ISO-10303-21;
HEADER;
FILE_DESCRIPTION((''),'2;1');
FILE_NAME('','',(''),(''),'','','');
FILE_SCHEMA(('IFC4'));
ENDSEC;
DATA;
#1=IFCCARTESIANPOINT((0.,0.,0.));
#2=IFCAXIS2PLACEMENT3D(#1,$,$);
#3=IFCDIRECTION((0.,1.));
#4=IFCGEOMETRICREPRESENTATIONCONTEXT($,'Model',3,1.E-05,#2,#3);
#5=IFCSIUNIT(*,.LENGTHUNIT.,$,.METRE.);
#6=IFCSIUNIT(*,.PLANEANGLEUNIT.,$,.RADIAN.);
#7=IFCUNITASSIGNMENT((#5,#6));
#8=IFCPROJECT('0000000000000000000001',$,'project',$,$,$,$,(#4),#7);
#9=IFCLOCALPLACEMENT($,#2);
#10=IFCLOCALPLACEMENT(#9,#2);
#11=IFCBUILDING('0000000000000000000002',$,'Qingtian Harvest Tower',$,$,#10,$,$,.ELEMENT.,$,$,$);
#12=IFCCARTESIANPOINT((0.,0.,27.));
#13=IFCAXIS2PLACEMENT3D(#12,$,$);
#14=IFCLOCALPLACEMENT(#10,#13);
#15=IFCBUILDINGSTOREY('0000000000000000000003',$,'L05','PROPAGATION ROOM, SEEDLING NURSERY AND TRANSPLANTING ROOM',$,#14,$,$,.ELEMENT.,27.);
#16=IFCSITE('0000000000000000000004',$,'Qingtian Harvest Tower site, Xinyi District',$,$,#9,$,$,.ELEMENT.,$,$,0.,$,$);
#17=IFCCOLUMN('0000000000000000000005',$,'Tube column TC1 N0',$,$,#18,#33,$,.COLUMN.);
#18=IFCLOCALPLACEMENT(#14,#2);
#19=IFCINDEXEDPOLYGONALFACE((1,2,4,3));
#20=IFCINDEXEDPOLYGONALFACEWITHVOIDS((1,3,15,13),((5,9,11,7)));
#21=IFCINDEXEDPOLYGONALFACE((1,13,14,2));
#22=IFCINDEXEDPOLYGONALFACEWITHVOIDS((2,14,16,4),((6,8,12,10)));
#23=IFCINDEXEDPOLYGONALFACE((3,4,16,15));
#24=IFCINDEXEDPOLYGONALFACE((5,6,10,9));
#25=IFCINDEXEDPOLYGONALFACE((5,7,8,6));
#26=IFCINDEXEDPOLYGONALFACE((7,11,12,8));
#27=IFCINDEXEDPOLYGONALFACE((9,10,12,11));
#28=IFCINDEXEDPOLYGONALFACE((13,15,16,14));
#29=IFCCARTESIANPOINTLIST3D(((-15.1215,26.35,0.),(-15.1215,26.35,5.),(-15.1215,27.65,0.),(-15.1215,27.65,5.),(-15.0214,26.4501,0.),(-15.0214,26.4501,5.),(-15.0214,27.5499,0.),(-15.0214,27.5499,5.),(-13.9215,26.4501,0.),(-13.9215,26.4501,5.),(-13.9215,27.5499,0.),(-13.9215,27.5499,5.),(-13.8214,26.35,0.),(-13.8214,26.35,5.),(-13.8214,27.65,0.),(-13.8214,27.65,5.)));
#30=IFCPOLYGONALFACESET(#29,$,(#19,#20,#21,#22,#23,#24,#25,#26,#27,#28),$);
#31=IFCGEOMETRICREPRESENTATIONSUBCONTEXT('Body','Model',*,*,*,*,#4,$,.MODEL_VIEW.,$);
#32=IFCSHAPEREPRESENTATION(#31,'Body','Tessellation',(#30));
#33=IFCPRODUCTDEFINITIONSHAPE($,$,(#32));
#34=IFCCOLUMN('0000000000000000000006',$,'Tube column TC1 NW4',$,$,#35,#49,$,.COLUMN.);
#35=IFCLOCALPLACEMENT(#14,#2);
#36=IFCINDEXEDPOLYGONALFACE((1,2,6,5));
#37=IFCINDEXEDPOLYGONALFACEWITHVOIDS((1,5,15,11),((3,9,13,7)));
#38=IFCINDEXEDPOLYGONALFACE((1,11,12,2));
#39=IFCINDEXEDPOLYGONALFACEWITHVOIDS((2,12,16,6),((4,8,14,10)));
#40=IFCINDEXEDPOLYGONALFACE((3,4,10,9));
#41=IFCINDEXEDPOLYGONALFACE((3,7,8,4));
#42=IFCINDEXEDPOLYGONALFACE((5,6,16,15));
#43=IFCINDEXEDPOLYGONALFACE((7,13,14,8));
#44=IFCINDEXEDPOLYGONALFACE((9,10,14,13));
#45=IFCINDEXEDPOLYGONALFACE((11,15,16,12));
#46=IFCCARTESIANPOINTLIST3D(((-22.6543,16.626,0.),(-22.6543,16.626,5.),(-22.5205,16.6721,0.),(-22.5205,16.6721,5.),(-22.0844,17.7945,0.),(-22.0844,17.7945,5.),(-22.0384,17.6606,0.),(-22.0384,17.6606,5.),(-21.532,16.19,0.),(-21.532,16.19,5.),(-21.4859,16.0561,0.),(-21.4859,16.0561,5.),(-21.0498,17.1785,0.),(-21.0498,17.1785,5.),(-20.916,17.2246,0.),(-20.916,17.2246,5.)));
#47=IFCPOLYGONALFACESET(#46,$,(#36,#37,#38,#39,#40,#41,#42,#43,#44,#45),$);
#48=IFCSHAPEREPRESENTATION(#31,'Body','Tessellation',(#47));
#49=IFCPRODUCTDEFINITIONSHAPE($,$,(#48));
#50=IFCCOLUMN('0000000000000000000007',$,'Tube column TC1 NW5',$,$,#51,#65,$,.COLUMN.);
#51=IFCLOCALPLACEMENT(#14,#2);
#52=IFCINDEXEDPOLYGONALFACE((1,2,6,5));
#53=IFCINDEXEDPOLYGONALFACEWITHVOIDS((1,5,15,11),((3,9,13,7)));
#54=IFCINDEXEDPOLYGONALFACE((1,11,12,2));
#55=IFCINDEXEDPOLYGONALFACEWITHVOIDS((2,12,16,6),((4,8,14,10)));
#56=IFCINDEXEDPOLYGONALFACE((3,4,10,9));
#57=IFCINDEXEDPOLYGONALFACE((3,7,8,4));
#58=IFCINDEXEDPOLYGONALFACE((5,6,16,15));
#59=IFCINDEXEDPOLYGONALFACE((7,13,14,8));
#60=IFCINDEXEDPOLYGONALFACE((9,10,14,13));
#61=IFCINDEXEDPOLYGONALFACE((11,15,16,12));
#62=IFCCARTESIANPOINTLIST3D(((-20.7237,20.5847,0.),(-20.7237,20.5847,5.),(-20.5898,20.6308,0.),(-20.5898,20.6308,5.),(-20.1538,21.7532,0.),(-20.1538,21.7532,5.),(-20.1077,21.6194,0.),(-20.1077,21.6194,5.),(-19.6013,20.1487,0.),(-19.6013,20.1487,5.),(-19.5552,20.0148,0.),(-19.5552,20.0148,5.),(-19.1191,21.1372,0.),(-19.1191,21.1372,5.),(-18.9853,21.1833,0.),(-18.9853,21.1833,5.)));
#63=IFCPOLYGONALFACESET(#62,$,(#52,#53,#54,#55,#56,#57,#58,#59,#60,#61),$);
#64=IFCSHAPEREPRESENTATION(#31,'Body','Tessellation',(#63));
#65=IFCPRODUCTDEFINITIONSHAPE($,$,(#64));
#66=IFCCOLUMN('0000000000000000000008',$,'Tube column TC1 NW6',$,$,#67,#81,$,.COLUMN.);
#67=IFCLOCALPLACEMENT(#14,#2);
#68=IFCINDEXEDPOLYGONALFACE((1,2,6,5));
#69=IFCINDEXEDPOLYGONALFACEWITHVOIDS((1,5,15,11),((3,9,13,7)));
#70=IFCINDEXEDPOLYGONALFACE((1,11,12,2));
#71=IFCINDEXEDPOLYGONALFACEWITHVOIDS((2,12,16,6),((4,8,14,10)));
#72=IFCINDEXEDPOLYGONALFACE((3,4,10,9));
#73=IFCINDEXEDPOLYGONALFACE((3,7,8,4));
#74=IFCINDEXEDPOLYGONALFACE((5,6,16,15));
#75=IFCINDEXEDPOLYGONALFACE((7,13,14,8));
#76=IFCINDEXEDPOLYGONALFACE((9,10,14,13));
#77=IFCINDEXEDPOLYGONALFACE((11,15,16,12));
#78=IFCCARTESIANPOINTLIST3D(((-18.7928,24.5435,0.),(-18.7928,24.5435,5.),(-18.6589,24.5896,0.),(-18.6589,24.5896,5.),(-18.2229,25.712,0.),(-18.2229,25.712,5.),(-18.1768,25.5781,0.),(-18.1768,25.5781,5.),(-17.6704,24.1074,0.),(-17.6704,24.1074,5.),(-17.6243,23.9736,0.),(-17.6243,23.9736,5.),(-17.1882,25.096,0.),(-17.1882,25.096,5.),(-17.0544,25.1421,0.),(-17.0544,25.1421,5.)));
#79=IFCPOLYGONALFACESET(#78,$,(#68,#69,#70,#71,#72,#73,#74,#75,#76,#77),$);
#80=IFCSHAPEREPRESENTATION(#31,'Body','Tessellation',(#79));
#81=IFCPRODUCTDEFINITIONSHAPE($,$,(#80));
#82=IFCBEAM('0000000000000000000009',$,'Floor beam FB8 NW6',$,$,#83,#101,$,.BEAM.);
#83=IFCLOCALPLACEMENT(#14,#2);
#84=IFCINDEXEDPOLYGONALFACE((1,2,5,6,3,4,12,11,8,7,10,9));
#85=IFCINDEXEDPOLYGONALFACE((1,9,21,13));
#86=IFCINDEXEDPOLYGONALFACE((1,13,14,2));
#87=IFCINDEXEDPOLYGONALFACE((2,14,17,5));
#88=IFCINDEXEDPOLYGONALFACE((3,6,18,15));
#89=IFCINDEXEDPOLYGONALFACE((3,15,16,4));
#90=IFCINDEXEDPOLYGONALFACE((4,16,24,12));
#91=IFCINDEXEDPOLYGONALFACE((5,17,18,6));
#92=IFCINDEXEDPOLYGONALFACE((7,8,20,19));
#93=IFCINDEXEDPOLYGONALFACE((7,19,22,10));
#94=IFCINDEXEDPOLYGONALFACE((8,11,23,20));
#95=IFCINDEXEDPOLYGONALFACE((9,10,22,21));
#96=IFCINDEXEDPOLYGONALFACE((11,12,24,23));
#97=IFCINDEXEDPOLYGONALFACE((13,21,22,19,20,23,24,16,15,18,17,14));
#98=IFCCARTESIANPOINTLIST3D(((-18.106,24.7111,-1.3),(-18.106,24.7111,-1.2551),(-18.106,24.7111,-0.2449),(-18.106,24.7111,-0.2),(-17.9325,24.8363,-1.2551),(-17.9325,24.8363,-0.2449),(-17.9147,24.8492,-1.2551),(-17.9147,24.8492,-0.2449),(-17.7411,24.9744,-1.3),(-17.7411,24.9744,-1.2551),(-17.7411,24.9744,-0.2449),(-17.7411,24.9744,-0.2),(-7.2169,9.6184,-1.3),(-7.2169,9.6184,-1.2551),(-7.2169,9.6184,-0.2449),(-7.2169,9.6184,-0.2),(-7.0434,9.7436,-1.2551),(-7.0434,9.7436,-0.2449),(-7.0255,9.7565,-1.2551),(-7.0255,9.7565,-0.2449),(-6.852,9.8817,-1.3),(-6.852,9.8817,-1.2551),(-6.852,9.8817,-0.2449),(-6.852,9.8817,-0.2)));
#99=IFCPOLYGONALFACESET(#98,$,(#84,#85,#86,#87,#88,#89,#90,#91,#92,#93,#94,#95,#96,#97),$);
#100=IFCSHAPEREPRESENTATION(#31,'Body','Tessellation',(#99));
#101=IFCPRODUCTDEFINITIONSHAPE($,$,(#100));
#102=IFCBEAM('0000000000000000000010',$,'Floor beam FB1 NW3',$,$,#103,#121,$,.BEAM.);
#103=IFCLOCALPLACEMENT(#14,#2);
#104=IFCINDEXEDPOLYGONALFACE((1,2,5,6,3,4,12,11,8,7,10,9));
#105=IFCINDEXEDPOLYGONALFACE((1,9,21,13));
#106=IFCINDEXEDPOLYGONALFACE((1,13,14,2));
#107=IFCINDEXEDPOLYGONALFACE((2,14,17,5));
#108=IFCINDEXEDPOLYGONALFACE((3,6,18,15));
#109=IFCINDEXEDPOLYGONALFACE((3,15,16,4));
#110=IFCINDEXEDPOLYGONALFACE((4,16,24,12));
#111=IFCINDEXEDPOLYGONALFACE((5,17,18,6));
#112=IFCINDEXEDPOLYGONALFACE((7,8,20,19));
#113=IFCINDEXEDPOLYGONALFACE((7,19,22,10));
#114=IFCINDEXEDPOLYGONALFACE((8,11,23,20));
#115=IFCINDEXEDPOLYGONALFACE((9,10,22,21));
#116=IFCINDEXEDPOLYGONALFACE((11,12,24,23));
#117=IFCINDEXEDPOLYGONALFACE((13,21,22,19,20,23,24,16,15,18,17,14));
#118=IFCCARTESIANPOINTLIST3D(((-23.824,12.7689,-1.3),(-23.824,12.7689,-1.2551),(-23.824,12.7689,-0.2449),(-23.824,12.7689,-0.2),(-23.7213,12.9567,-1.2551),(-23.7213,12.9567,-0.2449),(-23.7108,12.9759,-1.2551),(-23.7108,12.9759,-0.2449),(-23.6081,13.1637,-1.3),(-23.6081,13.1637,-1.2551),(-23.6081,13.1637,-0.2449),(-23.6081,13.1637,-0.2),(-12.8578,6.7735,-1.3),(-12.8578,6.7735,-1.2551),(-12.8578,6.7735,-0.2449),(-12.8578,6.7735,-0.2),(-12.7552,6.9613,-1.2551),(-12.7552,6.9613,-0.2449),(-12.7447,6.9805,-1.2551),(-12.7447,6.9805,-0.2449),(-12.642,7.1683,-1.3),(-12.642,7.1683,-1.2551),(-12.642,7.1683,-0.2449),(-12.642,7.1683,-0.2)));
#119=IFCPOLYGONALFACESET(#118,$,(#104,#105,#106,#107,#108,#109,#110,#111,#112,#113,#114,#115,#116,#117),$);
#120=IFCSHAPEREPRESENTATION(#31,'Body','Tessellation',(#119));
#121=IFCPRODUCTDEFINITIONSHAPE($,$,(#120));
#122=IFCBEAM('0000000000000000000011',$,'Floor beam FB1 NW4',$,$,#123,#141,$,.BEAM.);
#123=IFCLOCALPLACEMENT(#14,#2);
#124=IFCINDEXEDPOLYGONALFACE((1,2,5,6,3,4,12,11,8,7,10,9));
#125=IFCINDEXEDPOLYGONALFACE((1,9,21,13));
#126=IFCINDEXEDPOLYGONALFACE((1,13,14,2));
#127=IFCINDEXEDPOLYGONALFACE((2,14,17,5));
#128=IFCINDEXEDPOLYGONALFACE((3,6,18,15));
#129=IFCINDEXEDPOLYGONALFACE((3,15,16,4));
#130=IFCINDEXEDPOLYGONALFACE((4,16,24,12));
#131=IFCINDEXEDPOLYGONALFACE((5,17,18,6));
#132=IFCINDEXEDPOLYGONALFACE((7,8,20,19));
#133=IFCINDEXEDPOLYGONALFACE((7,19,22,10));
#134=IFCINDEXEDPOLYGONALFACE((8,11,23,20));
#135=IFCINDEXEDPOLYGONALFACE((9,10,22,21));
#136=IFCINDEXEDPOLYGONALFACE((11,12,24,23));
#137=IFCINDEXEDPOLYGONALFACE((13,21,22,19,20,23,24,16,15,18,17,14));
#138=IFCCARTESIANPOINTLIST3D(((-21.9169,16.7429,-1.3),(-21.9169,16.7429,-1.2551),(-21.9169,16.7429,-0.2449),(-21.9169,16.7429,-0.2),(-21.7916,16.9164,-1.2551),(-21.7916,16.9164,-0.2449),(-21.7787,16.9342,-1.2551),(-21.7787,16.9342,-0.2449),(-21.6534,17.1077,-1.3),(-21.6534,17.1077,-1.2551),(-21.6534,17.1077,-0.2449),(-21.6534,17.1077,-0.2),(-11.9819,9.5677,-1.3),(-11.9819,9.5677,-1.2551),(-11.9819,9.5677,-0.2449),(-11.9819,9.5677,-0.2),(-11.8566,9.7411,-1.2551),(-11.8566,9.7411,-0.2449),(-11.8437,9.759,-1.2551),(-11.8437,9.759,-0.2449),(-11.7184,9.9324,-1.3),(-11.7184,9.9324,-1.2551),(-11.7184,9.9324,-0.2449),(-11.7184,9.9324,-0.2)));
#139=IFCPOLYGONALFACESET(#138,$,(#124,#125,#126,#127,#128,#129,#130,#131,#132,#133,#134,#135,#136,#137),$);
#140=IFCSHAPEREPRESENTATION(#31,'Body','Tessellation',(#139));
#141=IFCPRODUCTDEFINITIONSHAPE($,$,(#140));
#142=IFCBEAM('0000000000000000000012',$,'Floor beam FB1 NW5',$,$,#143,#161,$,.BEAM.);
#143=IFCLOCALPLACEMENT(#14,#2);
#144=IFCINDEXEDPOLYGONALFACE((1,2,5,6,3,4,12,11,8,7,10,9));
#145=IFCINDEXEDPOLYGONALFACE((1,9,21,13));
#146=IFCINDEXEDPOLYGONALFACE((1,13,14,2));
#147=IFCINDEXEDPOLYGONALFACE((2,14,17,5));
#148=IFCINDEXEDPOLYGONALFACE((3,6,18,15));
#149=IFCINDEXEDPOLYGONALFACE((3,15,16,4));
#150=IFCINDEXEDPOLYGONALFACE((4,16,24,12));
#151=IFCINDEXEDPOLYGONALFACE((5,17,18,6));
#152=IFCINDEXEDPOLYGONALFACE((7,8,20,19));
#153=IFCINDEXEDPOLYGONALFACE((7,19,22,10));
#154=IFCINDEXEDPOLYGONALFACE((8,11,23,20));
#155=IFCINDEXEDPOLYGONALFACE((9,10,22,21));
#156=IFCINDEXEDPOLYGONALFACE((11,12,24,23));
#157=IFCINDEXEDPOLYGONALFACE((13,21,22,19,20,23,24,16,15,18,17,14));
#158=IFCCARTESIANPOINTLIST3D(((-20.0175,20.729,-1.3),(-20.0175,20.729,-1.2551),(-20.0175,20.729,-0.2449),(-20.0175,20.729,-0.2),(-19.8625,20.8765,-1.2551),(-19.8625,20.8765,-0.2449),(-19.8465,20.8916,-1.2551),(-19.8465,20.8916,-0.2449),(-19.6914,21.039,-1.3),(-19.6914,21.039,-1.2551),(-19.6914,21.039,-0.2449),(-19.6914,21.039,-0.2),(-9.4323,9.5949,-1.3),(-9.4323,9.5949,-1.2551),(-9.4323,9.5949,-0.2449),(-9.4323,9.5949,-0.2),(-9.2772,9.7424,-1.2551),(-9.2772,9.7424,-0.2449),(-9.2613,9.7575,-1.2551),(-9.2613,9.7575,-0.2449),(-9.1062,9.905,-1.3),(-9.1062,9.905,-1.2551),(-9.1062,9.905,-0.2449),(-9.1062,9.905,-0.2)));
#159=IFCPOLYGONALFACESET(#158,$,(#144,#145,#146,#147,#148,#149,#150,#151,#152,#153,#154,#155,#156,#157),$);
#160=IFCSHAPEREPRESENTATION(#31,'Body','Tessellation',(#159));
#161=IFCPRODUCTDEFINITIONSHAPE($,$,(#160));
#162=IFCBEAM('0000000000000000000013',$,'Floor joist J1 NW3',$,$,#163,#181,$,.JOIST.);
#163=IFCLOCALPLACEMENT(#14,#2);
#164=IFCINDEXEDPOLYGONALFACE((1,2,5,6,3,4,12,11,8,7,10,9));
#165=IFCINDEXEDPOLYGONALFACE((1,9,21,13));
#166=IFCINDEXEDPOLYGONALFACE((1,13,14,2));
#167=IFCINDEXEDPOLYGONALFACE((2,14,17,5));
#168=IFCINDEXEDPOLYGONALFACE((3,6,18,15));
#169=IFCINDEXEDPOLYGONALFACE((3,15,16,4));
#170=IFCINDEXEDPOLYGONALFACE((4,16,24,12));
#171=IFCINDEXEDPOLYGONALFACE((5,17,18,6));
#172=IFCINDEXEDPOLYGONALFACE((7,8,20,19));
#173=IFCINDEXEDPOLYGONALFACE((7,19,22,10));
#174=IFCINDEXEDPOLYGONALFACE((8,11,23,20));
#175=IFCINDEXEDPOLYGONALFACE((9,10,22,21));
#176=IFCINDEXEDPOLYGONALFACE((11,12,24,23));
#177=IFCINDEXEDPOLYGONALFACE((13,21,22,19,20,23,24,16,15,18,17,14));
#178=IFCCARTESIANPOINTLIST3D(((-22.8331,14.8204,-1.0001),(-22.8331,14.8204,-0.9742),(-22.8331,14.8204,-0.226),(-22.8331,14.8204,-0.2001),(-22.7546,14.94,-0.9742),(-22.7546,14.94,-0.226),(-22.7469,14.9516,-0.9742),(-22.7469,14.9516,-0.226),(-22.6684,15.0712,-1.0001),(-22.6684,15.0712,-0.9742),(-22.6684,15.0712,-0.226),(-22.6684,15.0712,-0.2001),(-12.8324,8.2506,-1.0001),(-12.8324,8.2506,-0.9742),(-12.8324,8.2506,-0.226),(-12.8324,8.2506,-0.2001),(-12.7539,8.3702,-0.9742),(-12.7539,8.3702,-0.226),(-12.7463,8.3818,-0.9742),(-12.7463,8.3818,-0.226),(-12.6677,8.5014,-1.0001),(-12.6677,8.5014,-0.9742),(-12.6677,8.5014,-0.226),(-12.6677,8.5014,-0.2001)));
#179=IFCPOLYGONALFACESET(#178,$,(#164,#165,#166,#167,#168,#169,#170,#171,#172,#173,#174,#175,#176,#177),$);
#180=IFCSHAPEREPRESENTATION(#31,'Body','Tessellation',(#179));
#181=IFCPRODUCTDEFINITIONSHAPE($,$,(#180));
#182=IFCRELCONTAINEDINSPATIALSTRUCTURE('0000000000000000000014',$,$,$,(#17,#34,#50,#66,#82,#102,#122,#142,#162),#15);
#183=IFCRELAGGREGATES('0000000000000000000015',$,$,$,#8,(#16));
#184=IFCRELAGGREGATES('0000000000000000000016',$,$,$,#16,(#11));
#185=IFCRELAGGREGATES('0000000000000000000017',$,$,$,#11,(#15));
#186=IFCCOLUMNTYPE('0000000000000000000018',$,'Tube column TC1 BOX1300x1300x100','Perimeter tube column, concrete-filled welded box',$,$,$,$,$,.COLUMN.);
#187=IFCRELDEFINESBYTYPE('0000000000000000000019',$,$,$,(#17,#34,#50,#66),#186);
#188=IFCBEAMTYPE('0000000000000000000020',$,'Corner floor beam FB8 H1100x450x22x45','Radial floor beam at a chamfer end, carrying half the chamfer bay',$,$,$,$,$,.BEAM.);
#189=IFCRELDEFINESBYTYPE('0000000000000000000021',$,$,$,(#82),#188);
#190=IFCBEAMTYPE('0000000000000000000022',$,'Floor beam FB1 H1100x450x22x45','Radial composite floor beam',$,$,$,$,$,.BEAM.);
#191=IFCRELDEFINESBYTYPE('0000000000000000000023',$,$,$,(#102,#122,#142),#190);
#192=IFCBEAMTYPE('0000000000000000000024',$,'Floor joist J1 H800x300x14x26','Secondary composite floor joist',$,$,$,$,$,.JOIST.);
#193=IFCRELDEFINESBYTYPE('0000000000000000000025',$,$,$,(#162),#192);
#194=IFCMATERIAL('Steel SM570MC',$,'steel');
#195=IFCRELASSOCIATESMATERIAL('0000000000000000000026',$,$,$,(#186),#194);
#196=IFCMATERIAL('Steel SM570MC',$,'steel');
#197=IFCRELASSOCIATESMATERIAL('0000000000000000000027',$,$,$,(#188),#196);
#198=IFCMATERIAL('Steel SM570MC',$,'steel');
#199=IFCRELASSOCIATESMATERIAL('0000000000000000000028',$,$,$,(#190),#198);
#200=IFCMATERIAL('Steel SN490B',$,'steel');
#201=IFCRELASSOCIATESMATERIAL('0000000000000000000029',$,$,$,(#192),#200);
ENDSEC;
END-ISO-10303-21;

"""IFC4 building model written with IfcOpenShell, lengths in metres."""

from ifc_helpers import new_model, si_unit, direction, frame, origin, origin_2d, place, context, subcontext, project, spatial, hollow_rectangle, i_section, extrude, material, material_profile, profile_set, type_object, element, save


model = new_model("IFC4")

# Units and contexts
model_context = context("Model", 3, precision=1e-05, world=origin(), true_north=direction((0.0, 1.0)))
body_context = subcontext(model_context, "Body", "Model", "MODEL_VIEW")
ifc_project = project(units=[si_unit("LENGTHUNIT", "METRE"), si_unit("PLANEANGLEUNIT", "RADIAN")], contexts=[model_context])

# Site, building, storey
site_placement = place(None, origin())
site = spatial("IfcSite", under=ifc_project, at=site_placement, Name="Qingtian Harvest Tower site, Xinyi District", CompositionType="ELEMENT", RefElevation=0.0)
building_placement = place(site_placement, origin())
building = spatial("IfcBuilding", under=site, at=building_placement, Name="Qingtian Harvest Tower", CompositionType="ELEMENT")
storey_placement = place(building_placement, frame((0.0, 0.0, 27.0)))
storey = spatial("IfcBuildingStorey", under=building, at=storey_placement, Name="L05", Description="PROPAGATION ROOM, SEEDLING NURSERY AND TRANSPLANTING ROOM", CompositionType="ELEMENT", Elevation=27.0)

# Columns
ifc_material_1 = material(Name="Steel SM570MC", Category="steel")
ifc_material_profile_1 = material_profile(ifc_material_1, hollow_rectangle(XDim=1.3, YDim=1.3, WallThickness=0.1001, at=origin_2d()), Name="BOX1300x1300x100")
ifc_profile_set_1 = profile_set([ifc_material_profile_1], Name="Steel SM570MC")
column_type = type_object("IfcColumnType", Name="Tube column TC1 BOX1300x1300x100", Description="Perimeter tube column, concrete-filled welded box", PredefinedType="COLUMN", material=ifc_profile_set_1)
for number, where, z_axis, x_axis, name in (
    (1, (-14.4714, 27.0, 0.0), (0.0, 0.0, 1.0), (-1.0, 0.0, 0.0), "Tube column TC1 N0"),
    (2, (-21.7852, 16.9253, 0.0), (0.0, 0.0, 1.0), (-0.438371, -0.898794, 0.0), "Tube column TC1 NW4"),
    (3, (-19.8545, 20.884, 0.0), (0.0, 0.0, 1.0), (-0.438371, -0.898794, 0.0), "Tube column TC1 NW5"),
    (4, (-17.9236, 24.8428, 0.0), (0.0, 0.0, 1.0), (-0.438371, -0.898794, 0.0), "Tube column TC1 NW6"),
):
    element("IfcColumn", number, at=place(storey_placement, frame(where, z_axis=z_axis, x_axis=x_axis)), inside=storey, type_object=column_type, Name=name, PredefinedType="COLUMN", context=body_context, shape_type="SweptSolid", body=[
        extrude(hollow_rectangle(XDim=1.3, YDim=1.3, WallThickness=0.1001, at=origin_2d()), origin(), (0.0, 0.0, 1.0), 5.0),
    ])

# Beams
ifc_material_2 = material(Name="Steel SM570MC", Category="steel")
ifc_material_profile_2 = material_profile(ifc_material_2, i_section(OverallWidth=0.45, OverallDepth=1.1001, WebThickness=0.022, FlangeThickness=0.0449, at=origin_2d()), Name="H1100x450x22x45")
ifc_profile_set_2 = profile_set([ifc_material_profile_2], Name="Steel SM570MC")
beam_type_1 = type_object("IfcBeamType", Name="Corner floor beam FB8 H1100x450x22x45", Description="Radial floor beam at a chamfer end, carrying half the chamfer bay", PredefinedType="BEAM", material=ifc_profile_set_2)
beam_1_placement = place(storey_placement, frame((-17.9236, 24.8428, -0.75), z_axis=(0.585096, -0.810964, 0.0), x_axis=(0.810964, 0.585096, 0.0)))
element("IfcBeam", 5, at=beam_1_placement, inside=storey, type_object=beam_type_1, Name="Floor beam FB8 NW6", PredefinedType="BEAM", context=body_context, shape_type="SweptSolid", body=[
    extrude(i_section(OverallWidth=0.45, OverallDepth=1.1001, WebThickness=0.022, FlangeThickness=0.0449, at=origin_2d()), origin(), (0.0, 0.0, 1.0), 18.6108),
])
ifc_material_3 = material(Name="Steel SM570MC", Category="steel")
ifc_material_profile_3 = material_profile(ifc_material_3, i_section(OverallWidth=0.45, OverallDepth=1.1001, WebThickness=0.022, FlangeThickness=0.0449, at=origin_2d()), Name="H1100x450x22x45")
ifc_profile_set_3 = profile_set([ifc_material_profile_3], Name="Steel SM570MC")
beam_type_2 = type_object("IfcBeamType", Name="Floor beam FB1 H1100x450x22x45", Description="Radial composite floor beam", PredefinedType="BEAM", material=ifc_profile_set_3)
beam_2_placement = place(storey_placement, frame((-23.7161, 12.9663, -0.75), z_axis=(0.877429, -0.479707, 0.0), x_axis=(0.479707, 0.877429, 0.0)))
element("IfcBeam", 6, at=beam_2_placement, inside=storey, type_object=beam_type_2, Name="Floor beam FB1 NW3", PredefinedType="BEAM", context=body_context, shape_type="SweptSolid", body=[
    extrude(i_section(OverallWidth=0.45, OverallDepth=1.1001, WebThickness=0.022, FlangeThickness=0.0449, at=origin_2d()), origin(), (0.0, 0.0, 1.0), 12.498),
])
beam_3_placement = place(storey_placement, frame((-21.7852, 16.9253, -0.75), z_axis=(0.81068, -0.585489, 0.0), x_axis=(0.585489, 0.81068, 0.0)))
element("IfcBeam", 7, at=beam_3_placement, inside=storey, type_object=beam_type_2, Name="Floor beam FB1 NW4", PredefinedType="BEAM", context=body_context, shape_type="SweptSolid", body=[
    extrude(i_section(OverallWidth=0.45, OverallDepth=1.1001, WebThickness=0.022, FlangeThickness=0.0449, at=origin_2d()), origin(), (0.0, 0.0, 1.0), 12.2551),
])
beam_4_placement = place(storey_placement, frame((-19.8545, 20.884, -0.75), z_axis=(0.689019, -0.724743, 0.0), x_axis=(0.724743, 0.689019, 0.0)))
element("IfcBeam", 8, at=beam_4_placement, inside=storey, type_object=beam_type_2, Name="Floor beam FB1 NW5", PredefinedType="BEAM", context=body_context, shape_type="SweptSolid", body=[
    extrude(i_section(OverallWidth=0.45, OverallDepth=1.1001, WebThickness=0.022, FlangeThickness=0.0449, at=origin_2d()), origin(), (0.0, 0.0, 1.0), 15.3628),
])
ifc_material_4 = material(Name="Steel SN490B", Category="steel")
ifc_material_profile_4 = material_profile(ifc_material_4, i_section(OverallWidth=0.3, OverallDepth=0.8, WebThickness=0.0139, FlangeThickness=0.0259, at=origin_2d()), Name="H800x300x14x26")
ifc_profile_set_4 = profile_set([ifc_material_profile_4], Name="Steel SN490B")
beam_type_3 = type_object("IfcBeamType", Name="Floor joist J1 H800x300x14x26", Description="Secondary composite floor joist", PredefinedType="JOIST", material=ifc_profile_set_4)
beam_5_placement = place(storey_placement, frame((-22.7507, 14.9458, -0.6001), z_axis=(0.835785, -0.549056, 0.0), x_axis=(0.549056, 0.835785, 0.0)))
element("IfcBeam", 9, at=beam_5_placement, inside=storey, type_object=beam_type_3, Name="Floor joist J1 NW3", PredefinedType="JOIST", context=body_context, shape_type="SweptSolid", body=[
    extrude(i_section(OverallWidth=0.3, OverallDepth=0.8, WebThickness=0.0139, FlangeThickness=0.0259, at=origin_2d()), origin(), (0.0, 0.0, 1.0), 11.9656),
])

save(model, "model.ifc")
